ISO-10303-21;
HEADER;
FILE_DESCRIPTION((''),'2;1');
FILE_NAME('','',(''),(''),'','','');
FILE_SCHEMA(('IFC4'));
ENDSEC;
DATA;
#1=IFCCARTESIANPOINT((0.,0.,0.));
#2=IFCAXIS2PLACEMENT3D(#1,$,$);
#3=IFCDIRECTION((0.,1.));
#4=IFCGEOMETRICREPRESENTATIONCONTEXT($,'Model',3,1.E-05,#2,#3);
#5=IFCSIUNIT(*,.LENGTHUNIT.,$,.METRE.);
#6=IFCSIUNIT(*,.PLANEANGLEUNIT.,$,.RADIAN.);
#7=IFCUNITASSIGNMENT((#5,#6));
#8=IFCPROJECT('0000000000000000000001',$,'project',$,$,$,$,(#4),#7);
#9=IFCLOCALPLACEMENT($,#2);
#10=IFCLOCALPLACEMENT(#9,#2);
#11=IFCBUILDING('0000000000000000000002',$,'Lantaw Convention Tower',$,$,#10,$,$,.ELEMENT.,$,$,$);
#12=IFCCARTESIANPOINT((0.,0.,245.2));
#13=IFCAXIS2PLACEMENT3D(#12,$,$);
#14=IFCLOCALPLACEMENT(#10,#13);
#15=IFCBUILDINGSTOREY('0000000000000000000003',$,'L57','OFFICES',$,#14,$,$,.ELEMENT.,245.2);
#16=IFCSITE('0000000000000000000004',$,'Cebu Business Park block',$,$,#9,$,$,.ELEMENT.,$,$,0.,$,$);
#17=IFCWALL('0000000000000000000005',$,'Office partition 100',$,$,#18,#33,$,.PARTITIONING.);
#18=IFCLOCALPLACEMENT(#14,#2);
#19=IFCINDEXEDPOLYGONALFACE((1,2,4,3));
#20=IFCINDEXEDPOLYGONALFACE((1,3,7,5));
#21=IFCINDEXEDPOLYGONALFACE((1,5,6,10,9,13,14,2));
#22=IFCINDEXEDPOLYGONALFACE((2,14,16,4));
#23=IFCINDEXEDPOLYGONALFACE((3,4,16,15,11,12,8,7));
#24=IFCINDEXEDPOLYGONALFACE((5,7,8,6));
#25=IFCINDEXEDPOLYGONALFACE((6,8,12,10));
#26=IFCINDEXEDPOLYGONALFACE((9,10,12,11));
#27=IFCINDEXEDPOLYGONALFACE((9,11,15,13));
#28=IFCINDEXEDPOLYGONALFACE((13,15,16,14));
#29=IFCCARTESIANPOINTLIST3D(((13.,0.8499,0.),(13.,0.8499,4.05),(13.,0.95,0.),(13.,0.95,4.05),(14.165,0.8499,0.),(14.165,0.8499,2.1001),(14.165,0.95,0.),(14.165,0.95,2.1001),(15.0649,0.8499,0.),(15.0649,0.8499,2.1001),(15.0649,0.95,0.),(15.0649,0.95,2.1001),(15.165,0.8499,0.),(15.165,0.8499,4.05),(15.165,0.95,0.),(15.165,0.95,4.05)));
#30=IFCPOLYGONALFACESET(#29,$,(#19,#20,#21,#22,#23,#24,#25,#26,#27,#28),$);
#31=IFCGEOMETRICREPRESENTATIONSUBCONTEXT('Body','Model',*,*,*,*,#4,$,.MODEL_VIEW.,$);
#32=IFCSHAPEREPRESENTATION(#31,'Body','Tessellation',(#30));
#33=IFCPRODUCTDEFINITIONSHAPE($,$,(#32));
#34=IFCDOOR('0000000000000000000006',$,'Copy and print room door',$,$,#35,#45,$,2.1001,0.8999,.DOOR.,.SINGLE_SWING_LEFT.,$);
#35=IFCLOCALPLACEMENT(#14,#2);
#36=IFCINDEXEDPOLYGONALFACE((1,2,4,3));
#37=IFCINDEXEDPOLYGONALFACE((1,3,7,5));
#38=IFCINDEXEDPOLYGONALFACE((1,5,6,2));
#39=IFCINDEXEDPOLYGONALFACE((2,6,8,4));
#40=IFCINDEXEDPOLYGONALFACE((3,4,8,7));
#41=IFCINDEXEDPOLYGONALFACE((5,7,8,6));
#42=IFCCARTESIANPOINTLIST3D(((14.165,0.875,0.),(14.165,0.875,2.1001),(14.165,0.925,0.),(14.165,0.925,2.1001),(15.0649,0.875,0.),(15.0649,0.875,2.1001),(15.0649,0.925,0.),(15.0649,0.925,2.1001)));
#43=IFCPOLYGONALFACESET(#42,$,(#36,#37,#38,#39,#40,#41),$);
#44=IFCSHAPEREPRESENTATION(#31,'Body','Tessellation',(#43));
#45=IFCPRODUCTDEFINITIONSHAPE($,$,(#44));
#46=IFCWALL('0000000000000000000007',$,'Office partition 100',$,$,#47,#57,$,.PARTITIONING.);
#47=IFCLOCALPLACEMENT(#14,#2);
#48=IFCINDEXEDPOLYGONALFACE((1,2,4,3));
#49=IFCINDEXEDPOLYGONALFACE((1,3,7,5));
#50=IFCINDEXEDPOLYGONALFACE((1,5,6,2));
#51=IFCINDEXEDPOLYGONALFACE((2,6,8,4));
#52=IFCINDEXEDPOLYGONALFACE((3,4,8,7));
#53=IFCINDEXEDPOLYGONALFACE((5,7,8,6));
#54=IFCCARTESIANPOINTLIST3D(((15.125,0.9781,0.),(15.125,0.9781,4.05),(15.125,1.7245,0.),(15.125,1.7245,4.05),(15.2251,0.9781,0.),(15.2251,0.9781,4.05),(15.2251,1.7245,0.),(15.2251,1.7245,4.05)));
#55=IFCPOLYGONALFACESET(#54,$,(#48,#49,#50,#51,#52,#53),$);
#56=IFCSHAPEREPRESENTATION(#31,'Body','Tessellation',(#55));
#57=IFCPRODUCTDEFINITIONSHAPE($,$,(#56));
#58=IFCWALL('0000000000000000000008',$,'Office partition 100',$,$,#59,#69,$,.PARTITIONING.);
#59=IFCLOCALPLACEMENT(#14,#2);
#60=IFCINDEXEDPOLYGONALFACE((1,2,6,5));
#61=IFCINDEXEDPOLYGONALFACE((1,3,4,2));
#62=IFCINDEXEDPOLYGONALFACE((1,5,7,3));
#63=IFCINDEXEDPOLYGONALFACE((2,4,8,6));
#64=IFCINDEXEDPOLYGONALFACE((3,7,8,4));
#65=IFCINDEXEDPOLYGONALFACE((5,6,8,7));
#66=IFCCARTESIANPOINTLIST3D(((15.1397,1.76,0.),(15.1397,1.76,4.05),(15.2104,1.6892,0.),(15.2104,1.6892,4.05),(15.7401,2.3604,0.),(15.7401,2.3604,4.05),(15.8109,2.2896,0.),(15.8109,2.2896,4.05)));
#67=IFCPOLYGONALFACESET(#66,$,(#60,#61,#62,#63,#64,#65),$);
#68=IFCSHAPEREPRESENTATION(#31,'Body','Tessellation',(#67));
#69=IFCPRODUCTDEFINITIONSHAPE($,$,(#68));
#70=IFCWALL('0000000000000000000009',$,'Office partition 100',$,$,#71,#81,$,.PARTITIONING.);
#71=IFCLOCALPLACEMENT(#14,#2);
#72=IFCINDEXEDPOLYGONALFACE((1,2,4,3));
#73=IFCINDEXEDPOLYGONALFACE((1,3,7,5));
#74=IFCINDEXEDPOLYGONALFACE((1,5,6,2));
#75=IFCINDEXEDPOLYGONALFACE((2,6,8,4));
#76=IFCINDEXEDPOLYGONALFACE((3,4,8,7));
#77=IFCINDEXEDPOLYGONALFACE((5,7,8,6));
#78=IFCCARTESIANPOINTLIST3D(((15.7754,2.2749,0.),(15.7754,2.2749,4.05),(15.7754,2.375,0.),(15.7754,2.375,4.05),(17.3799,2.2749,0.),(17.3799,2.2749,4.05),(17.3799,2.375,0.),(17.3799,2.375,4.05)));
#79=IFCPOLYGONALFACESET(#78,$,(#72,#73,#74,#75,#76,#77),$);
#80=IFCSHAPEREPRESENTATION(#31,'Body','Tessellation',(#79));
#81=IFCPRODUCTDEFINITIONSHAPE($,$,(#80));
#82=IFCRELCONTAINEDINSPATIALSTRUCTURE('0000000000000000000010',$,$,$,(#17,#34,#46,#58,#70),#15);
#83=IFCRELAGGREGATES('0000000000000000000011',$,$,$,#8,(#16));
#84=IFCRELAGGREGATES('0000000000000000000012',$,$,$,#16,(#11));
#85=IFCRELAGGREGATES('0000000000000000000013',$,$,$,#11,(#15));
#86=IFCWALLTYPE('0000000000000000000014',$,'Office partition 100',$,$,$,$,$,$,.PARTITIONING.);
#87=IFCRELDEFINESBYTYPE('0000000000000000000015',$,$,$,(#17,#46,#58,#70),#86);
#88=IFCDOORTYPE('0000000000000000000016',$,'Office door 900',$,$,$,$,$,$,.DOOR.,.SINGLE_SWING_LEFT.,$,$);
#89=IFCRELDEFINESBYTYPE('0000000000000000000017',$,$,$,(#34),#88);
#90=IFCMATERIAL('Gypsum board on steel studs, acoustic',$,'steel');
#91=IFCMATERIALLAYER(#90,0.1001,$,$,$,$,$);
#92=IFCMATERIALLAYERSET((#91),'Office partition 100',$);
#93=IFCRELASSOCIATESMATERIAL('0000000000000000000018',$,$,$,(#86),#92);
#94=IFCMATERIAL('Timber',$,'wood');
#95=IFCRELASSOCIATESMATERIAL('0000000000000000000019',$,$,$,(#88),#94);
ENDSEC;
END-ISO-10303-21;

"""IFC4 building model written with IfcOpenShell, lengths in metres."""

from ifc_helpers import new_model, si_unit, direction, frame, frame_2d, origin, place, context, subcontext, project, spatial, rectangle, extrude, material, layer, layer_set, type_object, element, fill, save


model = new_model("IFC4")

# Units and contexts
model_context = context("Model", 3, precision=1e-05, world=origin(), true_north=direction((0.0, 1.0)))
body_context = subcontext(model_context, "Body", "Model", "MODEL_VIEW")
ifc_project = project(units=[si_unit("LENGTHUNIT", "METRE"), si_unit("PLANEANGLEUNIT", "RADIAN")], contexts=[model_context])

# Site, building, storey
site_placement = place(None, origin())
site = spatial("IfcSite", under=ifc_project, at=site_placement, Name="Cebu Business Park block", CompositionType="ELEMENT", RefElevation=0.0)
building_placement = place(site_placement, origin())
building = spatial("IfcBuilding", under=site, at=building_placement, Name="Lantaw Convention Tower", CompositionType="ELEMENT")
storey_placement = place(building_placement, frame((0.0, 0.0, 245.2)))
storey = spatial("IfcBuildingStorey", under=building, at=storey_placement, Name="L57", Description="OFFICES", CompositionType="ELEMENT", Elevation=245.2)

# Shared definitions
ifc_material_1 = material(Name="Gypsum board on steel studs, acoustic", Category="steel")
ifc_layer_1 = layer(ifc_material_1, 0.1001)
ifc_layer_set_1 = layer_set([ifc_layer_1], Name="Office partition 100")
wall_type_1 = type_object("IfcWallType", Name="Office partition 100", PredefinedType="PARTITIONING", material=ifc_layer_set_1)

# Wall, opening, door
wall_1_placement = place(storey_placement, frame((15.165, 0.8999, 0.0), z_axis=(0.0, 0.0, 1.0), x_axis=(-1.0, 0.0, 0.0)))
wall_1 = element("IfcWall", 1, at=wall_1_placement, inside=storey, type_object=wall_type_1, Name="Office partition 100", PredefinedType="PARTITIONING", context=body_context, shape_type="SweptSolid", body=[
    extrude(rectangle(XDim=2.165, YDim=0.1001, at=frame_2d((1.0825, 0.0))), origin(), (0.0, 0.0, 1.0), 4.05),
])
opening_1_placement = place(wall_1_placement, frame((0.1001, 0.0, 0.0)))
opening_1 = element("IfcOpeningElement", 2, at=opening_1_placement, cuts=wall_1, PredefinedType="OPENING", context=body_context, shape_type="SweptSolid", body=[
    extrude(rectangle(XDim=0.8999, YDim=2.1001, at=frame_2d((0.45, 1.05))), frame((0.0, 0.0601, 0.0), z_axis=(0.0, -1.0, 0.0), x_axis=(1.0, 0.0, 0.0)), (0.0, 0.0, 1.0), 0.1201),
])
ifc_material_2 = material(Name="Timber", Category="wood")
door_type_1 = type_object("IfcDoorType", Name="Office door 900", OperationType="SINGLE_SWING_LEFT", PredefinedType="DOOR", material=ifc_material_2)
door_1_placement = place(opening_1_placement, origin())
door_1 = element("IfcDoor", 3, at=door_1_placement, inside=storey, type_object=door_type_1, Name="Copy and print room door", OperationType="SINGLE_SWING_LEFT", OverallHeight=2.1001, OverallWidth=0.8999, PredefinedType="DOOR", context=body_context, shape_type="SweptSolid", body=[
    extrude(rectangle(XDim=0.8999, YDim=2.1001, at=frame_2d((0.45, 1.05))), frame((0.0, 0.0249, 0.0), z_axis=(0.0, -1.0, 0.0), x_axis=(1.0, 0.0, 0.0)), (0.0, 0.0, 1.0), 0.05),
])
fill(opening_1, door_1)

# Walls
wall_2_placement = place(storey_placement, frame((15.175, 0.9783, 0.0), z_axis=(0.0, 0.0, 1.0), x_axis=(0.0, 1.0, 0.0)))
element("IfcWall", 4, at=wall_2_placement, inside=storey, type_object=wall_type_1, Name="Office partition 100", PredefinedType="PARTITIONING", context=body_context, shape_type="SweptSolid", body=[
    extrude(rectangle(XDim=0.7463, YDim=0.1001, at=frame_2d((0.373, 0.0))), origin(), (0.0, 0.0, 1.0), 4.05),
])
wall_3_placement = place(storey_placement, frame((15.175, 1.7246, 0.0), z_axis=(0.0, 0.0, 1.0), x_axis=(0.707107, 0.707107, 0.0)))
element("IfcWall", 5, at=wall_3_placement, inside=storey, type_object=wall_type_1, Name="Office partition 100", PredefinedType="PARTITIONING", context=body_context, shape_type="SweptSolid", body=[
    extrude(rectangle(XDim=0.8491, YDim=0.1001, at=frame_2d((0.4246, 0.0))), origin(), (0.0, 0.0, 1.0), 4.05),
])
wall_4_placement = place(storey_placement, frame((15.7754, 2.325, 0.0), z_axis=(0.0, 0.0, 1.0), x_axis=(1.0, 0.0, 0.0)))
element("IfcWall", 6, at=wall_4_placement, inside=storey, type_object=wall_type_1, Name="Office partition 100", PredefinedType="PARTITIONING", context=body_context, shape_type="SweptSolid", body=[
    extrude(rectangle(XDim=1.6045, YDim=0.1001, at=frame_2d((0.8022, 0.0))), origin(), (0.0, 0.0, 1.0), 4.05),
])

save(model, "model.ifc")
